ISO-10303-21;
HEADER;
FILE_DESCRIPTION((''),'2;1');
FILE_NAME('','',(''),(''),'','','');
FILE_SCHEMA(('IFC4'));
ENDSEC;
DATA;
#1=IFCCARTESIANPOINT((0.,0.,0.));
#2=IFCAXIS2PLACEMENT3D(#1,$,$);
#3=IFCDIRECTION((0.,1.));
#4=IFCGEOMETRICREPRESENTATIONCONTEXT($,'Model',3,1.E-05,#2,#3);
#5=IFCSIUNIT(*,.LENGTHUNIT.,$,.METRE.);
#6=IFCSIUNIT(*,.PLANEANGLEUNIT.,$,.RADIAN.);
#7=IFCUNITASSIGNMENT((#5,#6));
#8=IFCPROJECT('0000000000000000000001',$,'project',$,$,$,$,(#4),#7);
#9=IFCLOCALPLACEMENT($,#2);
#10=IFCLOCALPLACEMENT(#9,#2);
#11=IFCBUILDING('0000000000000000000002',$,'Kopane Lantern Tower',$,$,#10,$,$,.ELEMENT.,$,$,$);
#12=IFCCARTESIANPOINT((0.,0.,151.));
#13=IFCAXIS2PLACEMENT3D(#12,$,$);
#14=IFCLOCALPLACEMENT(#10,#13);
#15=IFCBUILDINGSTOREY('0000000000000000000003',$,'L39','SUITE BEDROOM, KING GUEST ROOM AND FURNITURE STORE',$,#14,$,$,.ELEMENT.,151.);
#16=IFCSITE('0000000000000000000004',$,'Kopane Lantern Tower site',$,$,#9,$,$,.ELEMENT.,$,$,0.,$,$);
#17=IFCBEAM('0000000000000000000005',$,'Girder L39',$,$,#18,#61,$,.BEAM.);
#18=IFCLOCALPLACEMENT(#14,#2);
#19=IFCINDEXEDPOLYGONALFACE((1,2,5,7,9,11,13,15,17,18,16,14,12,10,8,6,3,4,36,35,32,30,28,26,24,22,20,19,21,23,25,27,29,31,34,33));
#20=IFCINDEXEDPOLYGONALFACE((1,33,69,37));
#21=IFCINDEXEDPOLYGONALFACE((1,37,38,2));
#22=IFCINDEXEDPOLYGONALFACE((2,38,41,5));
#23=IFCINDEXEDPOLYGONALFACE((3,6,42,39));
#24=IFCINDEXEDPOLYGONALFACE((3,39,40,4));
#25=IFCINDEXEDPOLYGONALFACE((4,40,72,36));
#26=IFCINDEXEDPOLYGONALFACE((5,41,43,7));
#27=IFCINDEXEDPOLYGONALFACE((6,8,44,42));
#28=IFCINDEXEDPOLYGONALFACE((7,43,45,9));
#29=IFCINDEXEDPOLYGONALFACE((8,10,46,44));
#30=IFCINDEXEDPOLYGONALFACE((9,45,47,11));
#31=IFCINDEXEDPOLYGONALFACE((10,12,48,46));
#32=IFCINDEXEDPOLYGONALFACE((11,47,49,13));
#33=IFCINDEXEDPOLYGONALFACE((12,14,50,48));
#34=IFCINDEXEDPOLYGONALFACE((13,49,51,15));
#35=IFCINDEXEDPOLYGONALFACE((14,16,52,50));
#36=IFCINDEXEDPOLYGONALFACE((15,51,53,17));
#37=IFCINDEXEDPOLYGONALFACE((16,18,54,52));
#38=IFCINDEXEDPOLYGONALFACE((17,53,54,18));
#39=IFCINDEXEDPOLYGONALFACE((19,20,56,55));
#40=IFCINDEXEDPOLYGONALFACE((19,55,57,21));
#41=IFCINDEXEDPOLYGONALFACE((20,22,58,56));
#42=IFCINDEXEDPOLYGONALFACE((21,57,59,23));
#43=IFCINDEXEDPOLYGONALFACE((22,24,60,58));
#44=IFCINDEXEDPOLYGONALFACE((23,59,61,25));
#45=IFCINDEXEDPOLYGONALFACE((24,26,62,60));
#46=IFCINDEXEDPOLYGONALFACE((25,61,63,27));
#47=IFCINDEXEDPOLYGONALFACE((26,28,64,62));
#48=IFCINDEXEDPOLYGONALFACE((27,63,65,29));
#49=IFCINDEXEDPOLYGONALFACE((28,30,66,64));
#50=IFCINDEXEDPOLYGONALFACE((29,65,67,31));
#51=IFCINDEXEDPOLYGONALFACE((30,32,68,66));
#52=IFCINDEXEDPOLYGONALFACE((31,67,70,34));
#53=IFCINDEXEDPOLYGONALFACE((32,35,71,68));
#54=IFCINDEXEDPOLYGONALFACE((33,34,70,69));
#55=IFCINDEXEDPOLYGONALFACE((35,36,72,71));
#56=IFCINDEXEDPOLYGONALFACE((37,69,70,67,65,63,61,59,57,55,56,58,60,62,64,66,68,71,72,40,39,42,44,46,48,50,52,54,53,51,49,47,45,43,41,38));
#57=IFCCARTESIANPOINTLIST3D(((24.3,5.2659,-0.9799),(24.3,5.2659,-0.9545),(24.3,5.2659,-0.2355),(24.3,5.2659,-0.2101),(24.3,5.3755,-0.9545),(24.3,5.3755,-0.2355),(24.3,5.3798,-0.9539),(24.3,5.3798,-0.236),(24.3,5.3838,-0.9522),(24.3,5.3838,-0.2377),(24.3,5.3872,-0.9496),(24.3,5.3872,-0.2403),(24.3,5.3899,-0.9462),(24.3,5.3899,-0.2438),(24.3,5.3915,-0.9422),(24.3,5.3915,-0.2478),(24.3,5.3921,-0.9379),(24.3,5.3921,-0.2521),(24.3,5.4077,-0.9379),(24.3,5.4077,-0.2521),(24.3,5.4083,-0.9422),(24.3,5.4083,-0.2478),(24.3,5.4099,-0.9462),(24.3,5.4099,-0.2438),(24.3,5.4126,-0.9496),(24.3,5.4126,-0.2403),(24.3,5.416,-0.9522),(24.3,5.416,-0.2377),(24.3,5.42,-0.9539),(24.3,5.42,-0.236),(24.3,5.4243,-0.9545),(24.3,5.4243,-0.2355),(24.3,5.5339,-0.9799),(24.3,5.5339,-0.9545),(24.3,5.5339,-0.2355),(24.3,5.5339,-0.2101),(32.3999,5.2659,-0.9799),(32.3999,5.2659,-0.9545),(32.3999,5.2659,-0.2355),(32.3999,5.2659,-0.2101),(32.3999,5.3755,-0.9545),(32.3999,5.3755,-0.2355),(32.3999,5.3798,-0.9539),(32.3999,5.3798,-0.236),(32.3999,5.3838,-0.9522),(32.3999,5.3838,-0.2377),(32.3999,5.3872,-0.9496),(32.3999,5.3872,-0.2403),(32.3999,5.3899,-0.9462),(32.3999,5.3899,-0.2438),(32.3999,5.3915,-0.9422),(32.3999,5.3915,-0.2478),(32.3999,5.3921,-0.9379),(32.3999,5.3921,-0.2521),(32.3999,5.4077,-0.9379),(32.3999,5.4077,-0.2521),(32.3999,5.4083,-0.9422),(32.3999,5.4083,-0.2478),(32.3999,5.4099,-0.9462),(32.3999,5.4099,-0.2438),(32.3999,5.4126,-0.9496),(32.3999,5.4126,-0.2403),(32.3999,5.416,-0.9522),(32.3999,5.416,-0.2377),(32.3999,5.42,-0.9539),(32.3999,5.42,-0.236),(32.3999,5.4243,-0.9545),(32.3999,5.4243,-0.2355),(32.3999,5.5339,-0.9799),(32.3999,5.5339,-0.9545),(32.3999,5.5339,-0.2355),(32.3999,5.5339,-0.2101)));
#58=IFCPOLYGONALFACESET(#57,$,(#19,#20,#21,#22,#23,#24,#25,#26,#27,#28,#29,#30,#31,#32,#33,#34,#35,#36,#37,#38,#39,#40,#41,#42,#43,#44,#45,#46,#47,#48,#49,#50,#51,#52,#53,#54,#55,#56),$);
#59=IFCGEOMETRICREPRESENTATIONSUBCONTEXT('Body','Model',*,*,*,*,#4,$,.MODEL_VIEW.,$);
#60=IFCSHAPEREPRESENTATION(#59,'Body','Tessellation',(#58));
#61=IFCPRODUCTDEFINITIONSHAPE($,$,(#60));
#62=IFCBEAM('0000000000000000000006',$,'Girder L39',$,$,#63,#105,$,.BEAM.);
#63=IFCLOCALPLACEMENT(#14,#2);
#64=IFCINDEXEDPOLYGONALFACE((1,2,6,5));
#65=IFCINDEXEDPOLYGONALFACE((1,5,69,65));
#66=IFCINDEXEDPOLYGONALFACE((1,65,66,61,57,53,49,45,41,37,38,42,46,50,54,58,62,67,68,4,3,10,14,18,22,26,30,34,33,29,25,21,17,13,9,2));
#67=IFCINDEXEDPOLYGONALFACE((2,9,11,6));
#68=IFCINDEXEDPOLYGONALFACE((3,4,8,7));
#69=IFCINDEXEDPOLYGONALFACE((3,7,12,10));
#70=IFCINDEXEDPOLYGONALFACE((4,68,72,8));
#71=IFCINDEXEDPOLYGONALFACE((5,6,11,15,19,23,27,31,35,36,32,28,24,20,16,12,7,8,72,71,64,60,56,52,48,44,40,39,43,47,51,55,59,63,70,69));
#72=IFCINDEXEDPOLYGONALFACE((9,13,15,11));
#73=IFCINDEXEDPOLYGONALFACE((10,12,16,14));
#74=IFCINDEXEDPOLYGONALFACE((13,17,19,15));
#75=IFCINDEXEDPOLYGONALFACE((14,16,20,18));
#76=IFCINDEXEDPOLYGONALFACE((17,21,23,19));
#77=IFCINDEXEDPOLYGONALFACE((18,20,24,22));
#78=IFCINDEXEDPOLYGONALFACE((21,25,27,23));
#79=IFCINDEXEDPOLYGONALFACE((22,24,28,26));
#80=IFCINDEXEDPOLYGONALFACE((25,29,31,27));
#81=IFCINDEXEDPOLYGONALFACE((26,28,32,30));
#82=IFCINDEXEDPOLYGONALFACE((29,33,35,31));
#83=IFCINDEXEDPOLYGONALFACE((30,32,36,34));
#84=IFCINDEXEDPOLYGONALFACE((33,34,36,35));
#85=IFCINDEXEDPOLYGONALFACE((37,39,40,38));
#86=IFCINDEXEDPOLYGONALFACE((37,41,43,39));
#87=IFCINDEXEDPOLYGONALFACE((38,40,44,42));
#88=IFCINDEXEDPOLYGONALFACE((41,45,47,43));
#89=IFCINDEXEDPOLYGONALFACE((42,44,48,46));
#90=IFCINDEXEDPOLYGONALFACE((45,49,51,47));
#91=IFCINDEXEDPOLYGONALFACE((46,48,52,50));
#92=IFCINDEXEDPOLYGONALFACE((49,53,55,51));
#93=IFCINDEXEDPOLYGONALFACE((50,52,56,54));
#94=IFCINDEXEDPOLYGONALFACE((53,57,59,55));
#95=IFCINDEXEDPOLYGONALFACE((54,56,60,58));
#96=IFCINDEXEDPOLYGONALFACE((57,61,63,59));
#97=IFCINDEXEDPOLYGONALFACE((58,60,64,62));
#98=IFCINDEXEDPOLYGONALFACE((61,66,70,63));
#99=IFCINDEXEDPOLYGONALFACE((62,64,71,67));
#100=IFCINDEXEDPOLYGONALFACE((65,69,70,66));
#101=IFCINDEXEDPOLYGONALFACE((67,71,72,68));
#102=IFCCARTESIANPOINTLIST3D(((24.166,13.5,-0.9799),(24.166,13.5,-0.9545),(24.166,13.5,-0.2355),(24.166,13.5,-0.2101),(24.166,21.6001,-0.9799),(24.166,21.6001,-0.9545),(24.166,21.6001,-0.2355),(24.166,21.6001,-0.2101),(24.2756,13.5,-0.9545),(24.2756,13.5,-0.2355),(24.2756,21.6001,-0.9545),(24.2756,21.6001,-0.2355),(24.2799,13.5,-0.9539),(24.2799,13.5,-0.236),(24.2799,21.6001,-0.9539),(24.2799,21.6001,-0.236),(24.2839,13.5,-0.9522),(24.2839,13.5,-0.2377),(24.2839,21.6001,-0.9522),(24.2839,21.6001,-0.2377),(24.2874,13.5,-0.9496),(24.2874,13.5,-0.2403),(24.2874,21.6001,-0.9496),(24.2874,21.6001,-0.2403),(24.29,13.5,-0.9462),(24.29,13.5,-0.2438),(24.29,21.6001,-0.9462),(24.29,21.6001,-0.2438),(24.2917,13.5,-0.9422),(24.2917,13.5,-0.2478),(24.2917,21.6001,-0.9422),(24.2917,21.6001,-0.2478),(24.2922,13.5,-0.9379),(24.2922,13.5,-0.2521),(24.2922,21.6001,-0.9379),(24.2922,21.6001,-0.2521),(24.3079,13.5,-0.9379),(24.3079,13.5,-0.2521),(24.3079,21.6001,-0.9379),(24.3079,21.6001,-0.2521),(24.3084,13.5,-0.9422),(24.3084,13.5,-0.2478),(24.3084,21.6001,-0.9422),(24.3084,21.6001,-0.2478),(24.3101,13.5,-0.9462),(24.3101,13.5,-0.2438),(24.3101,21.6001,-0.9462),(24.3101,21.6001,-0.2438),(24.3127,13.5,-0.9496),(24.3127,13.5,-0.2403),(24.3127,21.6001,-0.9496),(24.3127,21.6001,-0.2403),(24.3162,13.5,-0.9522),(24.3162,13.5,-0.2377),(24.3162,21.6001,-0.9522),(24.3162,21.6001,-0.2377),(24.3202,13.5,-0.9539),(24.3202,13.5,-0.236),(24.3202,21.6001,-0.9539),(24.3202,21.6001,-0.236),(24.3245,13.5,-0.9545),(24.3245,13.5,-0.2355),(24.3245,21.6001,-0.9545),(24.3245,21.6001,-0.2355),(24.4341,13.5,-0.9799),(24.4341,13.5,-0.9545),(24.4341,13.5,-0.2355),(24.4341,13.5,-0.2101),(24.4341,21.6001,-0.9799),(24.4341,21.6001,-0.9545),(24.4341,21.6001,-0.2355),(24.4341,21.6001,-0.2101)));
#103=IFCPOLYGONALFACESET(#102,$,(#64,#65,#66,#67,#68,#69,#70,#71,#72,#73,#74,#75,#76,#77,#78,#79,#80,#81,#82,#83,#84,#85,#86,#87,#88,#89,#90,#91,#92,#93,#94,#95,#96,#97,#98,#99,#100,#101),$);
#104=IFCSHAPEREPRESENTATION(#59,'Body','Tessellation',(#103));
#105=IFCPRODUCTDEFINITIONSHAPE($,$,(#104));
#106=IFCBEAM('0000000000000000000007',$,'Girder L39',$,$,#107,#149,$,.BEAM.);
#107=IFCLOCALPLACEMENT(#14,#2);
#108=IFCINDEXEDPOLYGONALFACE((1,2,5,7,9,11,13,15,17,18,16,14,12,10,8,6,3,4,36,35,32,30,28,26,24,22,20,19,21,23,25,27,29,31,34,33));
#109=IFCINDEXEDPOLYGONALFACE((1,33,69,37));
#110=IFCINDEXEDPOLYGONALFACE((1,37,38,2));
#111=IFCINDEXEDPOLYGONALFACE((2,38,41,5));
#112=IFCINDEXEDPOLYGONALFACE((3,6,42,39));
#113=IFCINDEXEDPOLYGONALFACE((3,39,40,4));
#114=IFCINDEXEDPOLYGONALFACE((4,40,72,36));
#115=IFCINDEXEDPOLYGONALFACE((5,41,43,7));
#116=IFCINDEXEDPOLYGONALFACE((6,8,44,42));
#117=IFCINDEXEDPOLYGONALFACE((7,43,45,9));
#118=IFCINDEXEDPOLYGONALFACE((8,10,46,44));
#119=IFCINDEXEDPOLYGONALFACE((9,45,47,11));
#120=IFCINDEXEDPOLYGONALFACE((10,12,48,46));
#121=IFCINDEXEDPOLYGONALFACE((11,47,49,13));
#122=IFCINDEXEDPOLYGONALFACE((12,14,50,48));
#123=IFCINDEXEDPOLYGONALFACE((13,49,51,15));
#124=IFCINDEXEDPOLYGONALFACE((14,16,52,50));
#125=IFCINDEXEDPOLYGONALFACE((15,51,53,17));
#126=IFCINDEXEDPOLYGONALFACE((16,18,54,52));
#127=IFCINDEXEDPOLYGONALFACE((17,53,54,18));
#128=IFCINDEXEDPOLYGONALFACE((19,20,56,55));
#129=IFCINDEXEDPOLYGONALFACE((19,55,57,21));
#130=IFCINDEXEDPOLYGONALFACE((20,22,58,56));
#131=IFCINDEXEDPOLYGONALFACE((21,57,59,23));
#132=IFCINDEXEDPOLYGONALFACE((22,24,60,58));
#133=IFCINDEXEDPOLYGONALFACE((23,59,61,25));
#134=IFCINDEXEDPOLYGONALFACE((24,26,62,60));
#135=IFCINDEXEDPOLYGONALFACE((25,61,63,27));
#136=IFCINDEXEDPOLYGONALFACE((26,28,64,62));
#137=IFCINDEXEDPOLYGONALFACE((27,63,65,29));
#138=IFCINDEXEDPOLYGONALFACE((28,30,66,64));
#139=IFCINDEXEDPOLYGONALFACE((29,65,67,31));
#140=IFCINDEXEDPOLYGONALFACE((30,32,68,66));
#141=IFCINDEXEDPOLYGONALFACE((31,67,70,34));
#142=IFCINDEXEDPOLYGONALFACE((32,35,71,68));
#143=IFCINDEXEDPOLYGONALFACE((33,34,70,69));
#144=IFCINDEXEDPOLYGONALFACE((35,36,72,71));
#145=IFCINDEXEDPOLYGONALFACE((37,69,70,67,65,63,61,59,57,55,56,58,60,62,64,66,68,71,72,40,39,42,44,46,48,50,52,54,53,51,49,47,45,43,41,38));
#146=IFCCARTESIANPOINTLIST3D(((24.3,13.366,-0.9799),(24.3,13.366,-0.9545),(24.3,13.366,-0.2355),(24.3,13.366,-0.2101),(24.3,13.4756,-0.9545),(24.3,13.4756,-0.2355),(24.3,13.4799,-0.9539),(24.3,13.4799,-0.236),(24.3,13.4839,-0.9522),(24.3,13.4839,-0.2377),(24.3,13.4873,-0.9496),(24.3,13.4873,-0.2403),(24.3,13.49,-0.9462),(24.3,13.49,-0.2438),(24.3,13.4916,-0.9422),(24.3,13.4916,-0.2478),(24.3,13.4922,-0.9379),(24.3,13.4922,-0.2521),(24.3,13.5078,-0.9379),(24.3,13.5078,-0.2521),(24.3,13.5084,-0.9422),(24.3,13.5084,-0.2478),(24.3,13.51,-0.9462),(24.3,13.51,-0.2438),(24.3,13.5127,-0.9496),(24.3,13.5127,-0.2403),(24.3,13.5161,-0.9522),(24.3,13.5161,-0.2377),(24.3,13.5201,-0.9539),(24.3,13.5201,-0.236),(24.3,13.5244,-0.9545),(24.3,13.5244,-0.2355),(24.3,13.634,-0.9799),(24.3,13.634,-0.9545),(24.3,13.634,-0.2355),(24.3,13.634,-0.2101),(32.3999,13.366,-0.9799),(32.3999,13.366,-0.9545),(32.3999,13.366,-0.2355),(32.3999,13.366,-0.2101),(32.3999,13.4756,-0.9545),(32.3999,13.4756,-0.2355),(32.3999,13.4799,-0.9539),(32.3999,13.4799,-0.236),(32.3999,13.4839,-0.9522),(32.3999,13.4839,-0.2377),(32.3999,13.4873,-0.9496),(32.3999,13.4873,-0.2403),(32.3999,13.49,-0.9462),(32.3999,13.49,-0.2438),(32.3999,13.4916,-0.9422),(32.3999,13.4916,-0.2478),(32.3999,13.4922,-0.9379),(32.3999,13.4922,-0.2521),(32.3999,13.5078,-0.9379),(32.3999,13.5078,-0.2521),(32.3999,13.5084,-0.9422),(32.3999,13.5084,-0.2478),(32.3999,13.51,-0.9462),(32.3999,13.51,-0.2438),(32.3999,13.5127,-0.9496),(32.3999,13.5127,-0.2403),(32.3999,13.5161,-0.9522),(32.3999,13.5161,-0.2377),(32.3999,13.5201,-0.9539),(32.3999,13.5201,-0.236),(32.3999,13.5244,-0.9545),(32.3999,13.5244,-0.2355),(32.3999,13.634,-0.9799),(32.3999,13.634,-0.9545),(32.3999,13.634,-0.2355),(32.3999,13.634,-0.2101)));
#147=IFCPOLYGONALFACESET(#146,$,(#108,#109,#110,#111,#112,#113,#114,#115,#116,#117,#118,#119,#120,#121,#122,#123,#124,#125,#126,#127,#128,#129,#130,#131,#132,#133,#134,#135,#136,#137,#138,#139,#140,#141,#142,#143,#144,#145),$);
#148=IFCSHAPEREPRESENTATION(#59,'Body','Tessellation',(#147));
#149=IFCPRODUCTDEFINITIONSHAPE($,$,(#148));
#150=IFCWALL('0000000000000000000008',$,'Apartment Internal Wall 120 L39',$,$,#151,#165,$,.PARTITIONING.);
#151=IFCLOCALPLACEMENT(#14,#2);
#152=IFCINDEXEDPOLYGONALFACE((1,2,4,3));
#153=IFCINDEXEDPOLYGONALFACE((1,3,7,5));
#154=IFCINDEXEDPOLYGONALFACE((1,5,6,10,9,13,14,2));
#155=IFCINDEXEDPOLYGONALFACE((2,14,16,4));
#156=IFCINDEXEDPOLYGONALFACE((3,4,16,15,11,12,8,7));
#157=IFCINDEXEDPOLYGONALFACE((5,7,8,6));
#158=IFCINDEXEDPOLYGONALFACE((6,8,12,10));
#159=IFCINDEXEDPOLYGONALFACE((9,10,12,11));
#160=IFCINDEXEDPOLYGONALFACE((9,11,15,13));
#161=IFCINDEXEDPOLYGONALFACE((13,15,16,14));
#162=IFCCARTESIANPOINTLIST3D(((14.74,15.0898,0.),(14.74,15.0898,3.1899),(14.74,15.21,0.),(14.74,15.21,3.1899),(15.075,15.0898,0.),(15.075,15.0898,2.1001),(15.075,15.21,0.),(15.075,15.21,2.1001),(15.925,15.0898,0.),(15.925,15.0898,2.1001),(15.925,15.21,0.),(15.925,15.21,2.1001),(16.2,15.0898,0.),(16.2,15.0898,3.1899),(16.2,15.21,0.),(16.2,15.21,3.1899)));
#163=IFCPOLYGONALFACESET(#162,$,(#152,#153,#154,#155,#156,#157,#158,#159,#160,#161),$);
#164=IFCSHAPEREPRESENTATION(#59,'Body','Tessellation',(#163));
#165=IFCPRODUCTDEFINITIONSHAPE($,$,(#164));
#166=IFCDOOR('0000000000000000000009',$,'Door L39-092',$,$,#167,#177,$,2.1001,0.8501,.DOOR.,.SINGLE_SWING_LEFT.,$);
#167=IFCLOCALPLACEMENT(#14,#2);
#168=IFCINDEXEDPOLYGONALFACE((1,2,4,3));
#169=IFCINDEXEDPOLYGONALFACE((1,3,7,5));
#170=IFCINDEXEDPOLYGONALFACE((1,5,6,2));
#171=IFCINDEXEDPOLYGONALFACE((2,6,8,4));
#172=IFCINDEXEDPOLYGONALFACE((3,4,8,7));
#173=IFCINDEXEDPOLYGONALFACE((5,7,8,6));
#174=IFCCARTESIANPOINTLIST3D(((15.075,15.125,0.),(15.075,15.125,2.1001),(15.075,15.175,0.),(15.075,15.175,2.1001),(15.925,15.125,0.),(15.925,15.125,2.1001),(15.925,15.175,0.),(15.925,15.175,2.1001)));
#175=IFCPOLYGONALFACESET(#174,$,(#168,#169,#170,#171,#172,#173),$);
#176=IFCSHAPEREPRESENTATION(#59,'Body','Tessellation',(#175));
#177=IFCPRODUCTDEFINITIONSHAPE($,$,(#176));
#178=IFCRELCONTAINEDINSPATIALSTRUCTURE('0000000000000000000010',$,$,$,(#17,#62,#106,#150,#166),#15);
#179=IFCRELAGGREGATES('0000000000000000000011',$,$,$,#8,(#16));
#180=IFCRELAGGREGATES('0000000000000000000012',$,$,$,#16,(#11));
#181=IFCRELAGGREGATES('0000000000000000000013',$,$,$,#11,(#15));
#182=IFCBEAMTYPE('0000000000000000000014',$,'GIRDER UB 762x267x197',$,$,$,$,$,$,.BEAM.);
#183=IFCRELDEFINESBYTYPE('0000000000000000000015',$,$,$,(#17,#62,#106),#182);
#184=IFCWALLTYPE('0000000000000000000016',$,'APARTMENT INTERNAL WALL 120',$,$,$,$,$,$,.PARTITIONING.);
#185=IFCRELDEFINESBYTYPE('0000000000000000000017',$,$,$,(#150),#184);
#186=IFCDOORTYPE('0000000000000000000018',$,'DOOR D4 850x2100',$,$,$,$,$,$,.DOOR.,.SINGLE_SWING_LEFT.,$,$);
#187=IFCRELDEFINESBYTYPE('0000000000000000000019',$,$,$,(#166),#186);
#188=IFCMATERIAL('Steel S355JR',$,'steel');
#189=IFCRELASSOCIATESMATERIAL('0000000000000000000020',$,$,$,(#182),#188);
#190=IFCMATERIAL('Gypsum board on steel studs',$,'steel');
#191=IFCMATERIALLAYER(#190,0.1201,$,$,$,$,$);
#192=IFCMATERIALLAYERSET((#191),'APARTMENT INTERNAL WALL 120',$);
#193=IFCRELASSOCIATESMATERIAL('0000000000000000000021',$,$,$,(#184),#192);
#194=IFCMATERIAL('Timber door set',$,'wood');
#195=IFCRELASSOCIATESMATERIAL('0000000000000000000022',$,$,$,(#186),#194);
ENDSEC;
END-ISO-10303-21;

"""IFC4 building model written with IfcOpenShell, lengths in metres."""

from ifc_helpers import new_model, si_unit, direction, frame, frame_2d, origin, origin_2d, place, context, subcontext, project, spatial, rectangle, i_section, extrude, material, layer, layer_set, material_profile, profile_set, type_object, element, fill, save


model = new_model("IFC4")

# Units and contexts
model_context = context("Model", 3, precision=1e-05, world=origin(), true_north=direction((0.0, 1.0)))
body_context = subcontext(model_context, "Body", "Model", "MODEL_VIEW")
ifc_project = project(units=[si_unit("LENGTHUNIT", "METRE"), si_unit("PLANEANGLEUNIT", "RADIAN")], contexts=[model_context])

# Site, building, storey
site_placement = place(None, origin())
site = spatial("IfcSite", under=ifc_project, at=site_placement, Name="Kopane Lantern Tower site", CompositionType="ELEMENT", RefElevation=0.0)
building_placement = place(site_placement, origin())
building = spatial("IfcBuilding", under=site, at=building_placement, Name="Kopane Lantern Tower", CompositionType="ELEMENT")
storey_placement = place(building_placement, frame((0.0, 0.0, 151.0)))
storey = spatial("IfcBuildingStorey", under=building, at=storey_placement, Name="L39", Description="SUITE BEDROOM, KING GUEST ROOM AND FURNITURE STORE", CompositionType="ELEMENT", Elevation=151.0)

# Beams
ifc_material_1 = material(Name="Steel S355JR", Category="steel")
ifc_material_profile_1 = material_profile(ifc_material_1, i_section(OverallWidth=0.2681, OverallDepth=0.7698, WebThickness=0.0156, FlangeThickness=0.0254, FilletRadius=0.0166, at=origin_2d()), Name="UB 762x267x197")
ifc_profile_set_1 = profile_set([ifc_material_profile_1], Name="Steel S355JR")
beam_type = type_object("IfcBeamType", Name="GIRDER UB 762x267x197", PredefinedType="BEAM", material=ifc_profile_set_1)
beam_1_placement = place(storey_placement, frame((24.3, 5.3999, -0.595), z_axis=(1.0, 0.0, 0.0), x_axis=(0.0, 1.0, 0.0)))
element("IfcBeam", 1, at=beam_1_placement, inside=storey, type_object=beam_type, Name="Girder L39", PredefinedType="BEAM", context=body_context, shape_type="SweptSolid", body=[
    extrude(i_section(OverallWidth=0.2681, OverallDepth=0.7698, WebThickness=0.0156, FlangeThickness=0.0254, FilletRadius=0.0166, at=origin_2d()), origin(), (0.0, 0.0, 1.0), 8.0999),
])
beam_2_placement = place(storey_placement, frame((24.3, 13.5, -0.595), z_axis=(0.0, 1.0, 0.0), x_axis=(-1.0, 0.0, 0.0)))
element("IfcBeam", 2, at=beam_2_placement, inside=storey, type_object=beam_type, Name="Girder L39", PredefinedType="BEAM", context=body_context, shape_type="SweptSolid", body=[
    extrude(i_section(OverallWidth=0.2681, OverallDepth=0.7698, WebThickness=0.0156, FlangeThickness=0.0254, FilletRadius=0.0166, at=origin_2d()), origin(), (0.0, 0.0, 1.0), 8.1001),
])
beam_3_placement = place(storey_placement, frame((24.3, 13.5, -0.595), z_axis=(1.0, 0.0, 0.0), x_axis=(0.0, 1.0, 0.0)))
element("IfcBeam", 3, at=beam_3_placement, inside=storey, type_object=beam_type, Name="Girder L39", PredefinedType="BEAM", context=body_context, shape_type="SweptSolid", body=[
    extrude(i_section(OverallWidth=0.2681, OverallDepth=0.7698, WebThickness=0.0156, FlangeThickness=0.0254, FilletRadius=0.0166, at=origin_2d()), origin(), (0.0, 0.0, 1.0), 8.0999),
])

# Wall, opening, door
ifc_material_2 = material(Name="Gypsum board on steel studs", Category="steel")
ifc_layer_1 = layer(ifc_material_2, 0.1201)
ifc_layer_set_1 = layer_set([ifc_layer_1], Name="APARTMENT INTERNAL WALL 120")
wall_type_1 = type_object("IfcWallType", Name="APARTMENT INTERNAL WALL 120", PredefinedType="PARTITIONING", material=ifc_layer_set_1)
wall_1_placement = place(storey_placement, frame((16.2, 15.1499, 0.0), z_axis=(0.0, 0.0, 1.0), x_axis=(-1.0, 0.0, 0.0)))
wall_1 = element("IfcWall", 4, at=wall_1_placement, inside=storey, type_object=wall_type_1, Name="Apartment Internal Wall 120 L39", PredefinedType="PARTITIONING", context=body_context, shape_type="SweptSolid", body=[
    extrude(rectangle(XDim=1.46, YDim=0.1201, at=frame_2d((0.73, 0.0))), origin(), (0.0, 0.0, 1.0), 3.1899),
])
opening_1_placement = place(wall_1_placement, frame((0.2749, 0.0, 0.0)))
opening_1 = element("IfcOpeningElement", 5, at=opening_1_placement, cuts=wall_1, PredefinedType="OPENING", context=body_context, shape_type="SweptSolid", body=[
    extrude(rectangle(XDim=0.8501, YDim=2.1001, at=frame_2d((0.425, 1.05))), frame((0.0, 0.0701, 0.0), z_axis=(0.0, -1.0, 0.0), x_axis=(1.0, 0.0, 0.0)), (0.0, 0.0, 1.0), 0.1401),
])
ifc_material_3 = material(Name="Timber door set", Category="wood")
door_type = type_object("IfcDoorType", Name="DOOR D4 850x2100", OperationType="SINGLE_SWING_LEFT", PredefinedType="DOOR", material=ifc_material_3)
door_1_placement = place(opening_1_placement, origin())
door_1 = element("IfcDoor", 6, at=door_1_placement, inside=storey, type_object=door_type, Name="Door L39-092", OperationType="SINGLE_SWING_LEFT", OverallHeight=2.1001, OverallWidth=0.8501, PredefinedType="DOOR", context=body_context, shape_type="SweptSolid", body=[
    extrude(rectangle(XDim=0.8501, YDim=2.1001, at=frame_2d((0.425, 1.05))), frame((0.0, 0.0249, 0.0), z_axis=(0.0, -1.0, 0.0), x_axis=(1.0, 0.0, 0.0)), (0.0, 0.0, 1.0), 0.05),
])
fill(opening_1, door_1)

save(model, "model.ifc")
